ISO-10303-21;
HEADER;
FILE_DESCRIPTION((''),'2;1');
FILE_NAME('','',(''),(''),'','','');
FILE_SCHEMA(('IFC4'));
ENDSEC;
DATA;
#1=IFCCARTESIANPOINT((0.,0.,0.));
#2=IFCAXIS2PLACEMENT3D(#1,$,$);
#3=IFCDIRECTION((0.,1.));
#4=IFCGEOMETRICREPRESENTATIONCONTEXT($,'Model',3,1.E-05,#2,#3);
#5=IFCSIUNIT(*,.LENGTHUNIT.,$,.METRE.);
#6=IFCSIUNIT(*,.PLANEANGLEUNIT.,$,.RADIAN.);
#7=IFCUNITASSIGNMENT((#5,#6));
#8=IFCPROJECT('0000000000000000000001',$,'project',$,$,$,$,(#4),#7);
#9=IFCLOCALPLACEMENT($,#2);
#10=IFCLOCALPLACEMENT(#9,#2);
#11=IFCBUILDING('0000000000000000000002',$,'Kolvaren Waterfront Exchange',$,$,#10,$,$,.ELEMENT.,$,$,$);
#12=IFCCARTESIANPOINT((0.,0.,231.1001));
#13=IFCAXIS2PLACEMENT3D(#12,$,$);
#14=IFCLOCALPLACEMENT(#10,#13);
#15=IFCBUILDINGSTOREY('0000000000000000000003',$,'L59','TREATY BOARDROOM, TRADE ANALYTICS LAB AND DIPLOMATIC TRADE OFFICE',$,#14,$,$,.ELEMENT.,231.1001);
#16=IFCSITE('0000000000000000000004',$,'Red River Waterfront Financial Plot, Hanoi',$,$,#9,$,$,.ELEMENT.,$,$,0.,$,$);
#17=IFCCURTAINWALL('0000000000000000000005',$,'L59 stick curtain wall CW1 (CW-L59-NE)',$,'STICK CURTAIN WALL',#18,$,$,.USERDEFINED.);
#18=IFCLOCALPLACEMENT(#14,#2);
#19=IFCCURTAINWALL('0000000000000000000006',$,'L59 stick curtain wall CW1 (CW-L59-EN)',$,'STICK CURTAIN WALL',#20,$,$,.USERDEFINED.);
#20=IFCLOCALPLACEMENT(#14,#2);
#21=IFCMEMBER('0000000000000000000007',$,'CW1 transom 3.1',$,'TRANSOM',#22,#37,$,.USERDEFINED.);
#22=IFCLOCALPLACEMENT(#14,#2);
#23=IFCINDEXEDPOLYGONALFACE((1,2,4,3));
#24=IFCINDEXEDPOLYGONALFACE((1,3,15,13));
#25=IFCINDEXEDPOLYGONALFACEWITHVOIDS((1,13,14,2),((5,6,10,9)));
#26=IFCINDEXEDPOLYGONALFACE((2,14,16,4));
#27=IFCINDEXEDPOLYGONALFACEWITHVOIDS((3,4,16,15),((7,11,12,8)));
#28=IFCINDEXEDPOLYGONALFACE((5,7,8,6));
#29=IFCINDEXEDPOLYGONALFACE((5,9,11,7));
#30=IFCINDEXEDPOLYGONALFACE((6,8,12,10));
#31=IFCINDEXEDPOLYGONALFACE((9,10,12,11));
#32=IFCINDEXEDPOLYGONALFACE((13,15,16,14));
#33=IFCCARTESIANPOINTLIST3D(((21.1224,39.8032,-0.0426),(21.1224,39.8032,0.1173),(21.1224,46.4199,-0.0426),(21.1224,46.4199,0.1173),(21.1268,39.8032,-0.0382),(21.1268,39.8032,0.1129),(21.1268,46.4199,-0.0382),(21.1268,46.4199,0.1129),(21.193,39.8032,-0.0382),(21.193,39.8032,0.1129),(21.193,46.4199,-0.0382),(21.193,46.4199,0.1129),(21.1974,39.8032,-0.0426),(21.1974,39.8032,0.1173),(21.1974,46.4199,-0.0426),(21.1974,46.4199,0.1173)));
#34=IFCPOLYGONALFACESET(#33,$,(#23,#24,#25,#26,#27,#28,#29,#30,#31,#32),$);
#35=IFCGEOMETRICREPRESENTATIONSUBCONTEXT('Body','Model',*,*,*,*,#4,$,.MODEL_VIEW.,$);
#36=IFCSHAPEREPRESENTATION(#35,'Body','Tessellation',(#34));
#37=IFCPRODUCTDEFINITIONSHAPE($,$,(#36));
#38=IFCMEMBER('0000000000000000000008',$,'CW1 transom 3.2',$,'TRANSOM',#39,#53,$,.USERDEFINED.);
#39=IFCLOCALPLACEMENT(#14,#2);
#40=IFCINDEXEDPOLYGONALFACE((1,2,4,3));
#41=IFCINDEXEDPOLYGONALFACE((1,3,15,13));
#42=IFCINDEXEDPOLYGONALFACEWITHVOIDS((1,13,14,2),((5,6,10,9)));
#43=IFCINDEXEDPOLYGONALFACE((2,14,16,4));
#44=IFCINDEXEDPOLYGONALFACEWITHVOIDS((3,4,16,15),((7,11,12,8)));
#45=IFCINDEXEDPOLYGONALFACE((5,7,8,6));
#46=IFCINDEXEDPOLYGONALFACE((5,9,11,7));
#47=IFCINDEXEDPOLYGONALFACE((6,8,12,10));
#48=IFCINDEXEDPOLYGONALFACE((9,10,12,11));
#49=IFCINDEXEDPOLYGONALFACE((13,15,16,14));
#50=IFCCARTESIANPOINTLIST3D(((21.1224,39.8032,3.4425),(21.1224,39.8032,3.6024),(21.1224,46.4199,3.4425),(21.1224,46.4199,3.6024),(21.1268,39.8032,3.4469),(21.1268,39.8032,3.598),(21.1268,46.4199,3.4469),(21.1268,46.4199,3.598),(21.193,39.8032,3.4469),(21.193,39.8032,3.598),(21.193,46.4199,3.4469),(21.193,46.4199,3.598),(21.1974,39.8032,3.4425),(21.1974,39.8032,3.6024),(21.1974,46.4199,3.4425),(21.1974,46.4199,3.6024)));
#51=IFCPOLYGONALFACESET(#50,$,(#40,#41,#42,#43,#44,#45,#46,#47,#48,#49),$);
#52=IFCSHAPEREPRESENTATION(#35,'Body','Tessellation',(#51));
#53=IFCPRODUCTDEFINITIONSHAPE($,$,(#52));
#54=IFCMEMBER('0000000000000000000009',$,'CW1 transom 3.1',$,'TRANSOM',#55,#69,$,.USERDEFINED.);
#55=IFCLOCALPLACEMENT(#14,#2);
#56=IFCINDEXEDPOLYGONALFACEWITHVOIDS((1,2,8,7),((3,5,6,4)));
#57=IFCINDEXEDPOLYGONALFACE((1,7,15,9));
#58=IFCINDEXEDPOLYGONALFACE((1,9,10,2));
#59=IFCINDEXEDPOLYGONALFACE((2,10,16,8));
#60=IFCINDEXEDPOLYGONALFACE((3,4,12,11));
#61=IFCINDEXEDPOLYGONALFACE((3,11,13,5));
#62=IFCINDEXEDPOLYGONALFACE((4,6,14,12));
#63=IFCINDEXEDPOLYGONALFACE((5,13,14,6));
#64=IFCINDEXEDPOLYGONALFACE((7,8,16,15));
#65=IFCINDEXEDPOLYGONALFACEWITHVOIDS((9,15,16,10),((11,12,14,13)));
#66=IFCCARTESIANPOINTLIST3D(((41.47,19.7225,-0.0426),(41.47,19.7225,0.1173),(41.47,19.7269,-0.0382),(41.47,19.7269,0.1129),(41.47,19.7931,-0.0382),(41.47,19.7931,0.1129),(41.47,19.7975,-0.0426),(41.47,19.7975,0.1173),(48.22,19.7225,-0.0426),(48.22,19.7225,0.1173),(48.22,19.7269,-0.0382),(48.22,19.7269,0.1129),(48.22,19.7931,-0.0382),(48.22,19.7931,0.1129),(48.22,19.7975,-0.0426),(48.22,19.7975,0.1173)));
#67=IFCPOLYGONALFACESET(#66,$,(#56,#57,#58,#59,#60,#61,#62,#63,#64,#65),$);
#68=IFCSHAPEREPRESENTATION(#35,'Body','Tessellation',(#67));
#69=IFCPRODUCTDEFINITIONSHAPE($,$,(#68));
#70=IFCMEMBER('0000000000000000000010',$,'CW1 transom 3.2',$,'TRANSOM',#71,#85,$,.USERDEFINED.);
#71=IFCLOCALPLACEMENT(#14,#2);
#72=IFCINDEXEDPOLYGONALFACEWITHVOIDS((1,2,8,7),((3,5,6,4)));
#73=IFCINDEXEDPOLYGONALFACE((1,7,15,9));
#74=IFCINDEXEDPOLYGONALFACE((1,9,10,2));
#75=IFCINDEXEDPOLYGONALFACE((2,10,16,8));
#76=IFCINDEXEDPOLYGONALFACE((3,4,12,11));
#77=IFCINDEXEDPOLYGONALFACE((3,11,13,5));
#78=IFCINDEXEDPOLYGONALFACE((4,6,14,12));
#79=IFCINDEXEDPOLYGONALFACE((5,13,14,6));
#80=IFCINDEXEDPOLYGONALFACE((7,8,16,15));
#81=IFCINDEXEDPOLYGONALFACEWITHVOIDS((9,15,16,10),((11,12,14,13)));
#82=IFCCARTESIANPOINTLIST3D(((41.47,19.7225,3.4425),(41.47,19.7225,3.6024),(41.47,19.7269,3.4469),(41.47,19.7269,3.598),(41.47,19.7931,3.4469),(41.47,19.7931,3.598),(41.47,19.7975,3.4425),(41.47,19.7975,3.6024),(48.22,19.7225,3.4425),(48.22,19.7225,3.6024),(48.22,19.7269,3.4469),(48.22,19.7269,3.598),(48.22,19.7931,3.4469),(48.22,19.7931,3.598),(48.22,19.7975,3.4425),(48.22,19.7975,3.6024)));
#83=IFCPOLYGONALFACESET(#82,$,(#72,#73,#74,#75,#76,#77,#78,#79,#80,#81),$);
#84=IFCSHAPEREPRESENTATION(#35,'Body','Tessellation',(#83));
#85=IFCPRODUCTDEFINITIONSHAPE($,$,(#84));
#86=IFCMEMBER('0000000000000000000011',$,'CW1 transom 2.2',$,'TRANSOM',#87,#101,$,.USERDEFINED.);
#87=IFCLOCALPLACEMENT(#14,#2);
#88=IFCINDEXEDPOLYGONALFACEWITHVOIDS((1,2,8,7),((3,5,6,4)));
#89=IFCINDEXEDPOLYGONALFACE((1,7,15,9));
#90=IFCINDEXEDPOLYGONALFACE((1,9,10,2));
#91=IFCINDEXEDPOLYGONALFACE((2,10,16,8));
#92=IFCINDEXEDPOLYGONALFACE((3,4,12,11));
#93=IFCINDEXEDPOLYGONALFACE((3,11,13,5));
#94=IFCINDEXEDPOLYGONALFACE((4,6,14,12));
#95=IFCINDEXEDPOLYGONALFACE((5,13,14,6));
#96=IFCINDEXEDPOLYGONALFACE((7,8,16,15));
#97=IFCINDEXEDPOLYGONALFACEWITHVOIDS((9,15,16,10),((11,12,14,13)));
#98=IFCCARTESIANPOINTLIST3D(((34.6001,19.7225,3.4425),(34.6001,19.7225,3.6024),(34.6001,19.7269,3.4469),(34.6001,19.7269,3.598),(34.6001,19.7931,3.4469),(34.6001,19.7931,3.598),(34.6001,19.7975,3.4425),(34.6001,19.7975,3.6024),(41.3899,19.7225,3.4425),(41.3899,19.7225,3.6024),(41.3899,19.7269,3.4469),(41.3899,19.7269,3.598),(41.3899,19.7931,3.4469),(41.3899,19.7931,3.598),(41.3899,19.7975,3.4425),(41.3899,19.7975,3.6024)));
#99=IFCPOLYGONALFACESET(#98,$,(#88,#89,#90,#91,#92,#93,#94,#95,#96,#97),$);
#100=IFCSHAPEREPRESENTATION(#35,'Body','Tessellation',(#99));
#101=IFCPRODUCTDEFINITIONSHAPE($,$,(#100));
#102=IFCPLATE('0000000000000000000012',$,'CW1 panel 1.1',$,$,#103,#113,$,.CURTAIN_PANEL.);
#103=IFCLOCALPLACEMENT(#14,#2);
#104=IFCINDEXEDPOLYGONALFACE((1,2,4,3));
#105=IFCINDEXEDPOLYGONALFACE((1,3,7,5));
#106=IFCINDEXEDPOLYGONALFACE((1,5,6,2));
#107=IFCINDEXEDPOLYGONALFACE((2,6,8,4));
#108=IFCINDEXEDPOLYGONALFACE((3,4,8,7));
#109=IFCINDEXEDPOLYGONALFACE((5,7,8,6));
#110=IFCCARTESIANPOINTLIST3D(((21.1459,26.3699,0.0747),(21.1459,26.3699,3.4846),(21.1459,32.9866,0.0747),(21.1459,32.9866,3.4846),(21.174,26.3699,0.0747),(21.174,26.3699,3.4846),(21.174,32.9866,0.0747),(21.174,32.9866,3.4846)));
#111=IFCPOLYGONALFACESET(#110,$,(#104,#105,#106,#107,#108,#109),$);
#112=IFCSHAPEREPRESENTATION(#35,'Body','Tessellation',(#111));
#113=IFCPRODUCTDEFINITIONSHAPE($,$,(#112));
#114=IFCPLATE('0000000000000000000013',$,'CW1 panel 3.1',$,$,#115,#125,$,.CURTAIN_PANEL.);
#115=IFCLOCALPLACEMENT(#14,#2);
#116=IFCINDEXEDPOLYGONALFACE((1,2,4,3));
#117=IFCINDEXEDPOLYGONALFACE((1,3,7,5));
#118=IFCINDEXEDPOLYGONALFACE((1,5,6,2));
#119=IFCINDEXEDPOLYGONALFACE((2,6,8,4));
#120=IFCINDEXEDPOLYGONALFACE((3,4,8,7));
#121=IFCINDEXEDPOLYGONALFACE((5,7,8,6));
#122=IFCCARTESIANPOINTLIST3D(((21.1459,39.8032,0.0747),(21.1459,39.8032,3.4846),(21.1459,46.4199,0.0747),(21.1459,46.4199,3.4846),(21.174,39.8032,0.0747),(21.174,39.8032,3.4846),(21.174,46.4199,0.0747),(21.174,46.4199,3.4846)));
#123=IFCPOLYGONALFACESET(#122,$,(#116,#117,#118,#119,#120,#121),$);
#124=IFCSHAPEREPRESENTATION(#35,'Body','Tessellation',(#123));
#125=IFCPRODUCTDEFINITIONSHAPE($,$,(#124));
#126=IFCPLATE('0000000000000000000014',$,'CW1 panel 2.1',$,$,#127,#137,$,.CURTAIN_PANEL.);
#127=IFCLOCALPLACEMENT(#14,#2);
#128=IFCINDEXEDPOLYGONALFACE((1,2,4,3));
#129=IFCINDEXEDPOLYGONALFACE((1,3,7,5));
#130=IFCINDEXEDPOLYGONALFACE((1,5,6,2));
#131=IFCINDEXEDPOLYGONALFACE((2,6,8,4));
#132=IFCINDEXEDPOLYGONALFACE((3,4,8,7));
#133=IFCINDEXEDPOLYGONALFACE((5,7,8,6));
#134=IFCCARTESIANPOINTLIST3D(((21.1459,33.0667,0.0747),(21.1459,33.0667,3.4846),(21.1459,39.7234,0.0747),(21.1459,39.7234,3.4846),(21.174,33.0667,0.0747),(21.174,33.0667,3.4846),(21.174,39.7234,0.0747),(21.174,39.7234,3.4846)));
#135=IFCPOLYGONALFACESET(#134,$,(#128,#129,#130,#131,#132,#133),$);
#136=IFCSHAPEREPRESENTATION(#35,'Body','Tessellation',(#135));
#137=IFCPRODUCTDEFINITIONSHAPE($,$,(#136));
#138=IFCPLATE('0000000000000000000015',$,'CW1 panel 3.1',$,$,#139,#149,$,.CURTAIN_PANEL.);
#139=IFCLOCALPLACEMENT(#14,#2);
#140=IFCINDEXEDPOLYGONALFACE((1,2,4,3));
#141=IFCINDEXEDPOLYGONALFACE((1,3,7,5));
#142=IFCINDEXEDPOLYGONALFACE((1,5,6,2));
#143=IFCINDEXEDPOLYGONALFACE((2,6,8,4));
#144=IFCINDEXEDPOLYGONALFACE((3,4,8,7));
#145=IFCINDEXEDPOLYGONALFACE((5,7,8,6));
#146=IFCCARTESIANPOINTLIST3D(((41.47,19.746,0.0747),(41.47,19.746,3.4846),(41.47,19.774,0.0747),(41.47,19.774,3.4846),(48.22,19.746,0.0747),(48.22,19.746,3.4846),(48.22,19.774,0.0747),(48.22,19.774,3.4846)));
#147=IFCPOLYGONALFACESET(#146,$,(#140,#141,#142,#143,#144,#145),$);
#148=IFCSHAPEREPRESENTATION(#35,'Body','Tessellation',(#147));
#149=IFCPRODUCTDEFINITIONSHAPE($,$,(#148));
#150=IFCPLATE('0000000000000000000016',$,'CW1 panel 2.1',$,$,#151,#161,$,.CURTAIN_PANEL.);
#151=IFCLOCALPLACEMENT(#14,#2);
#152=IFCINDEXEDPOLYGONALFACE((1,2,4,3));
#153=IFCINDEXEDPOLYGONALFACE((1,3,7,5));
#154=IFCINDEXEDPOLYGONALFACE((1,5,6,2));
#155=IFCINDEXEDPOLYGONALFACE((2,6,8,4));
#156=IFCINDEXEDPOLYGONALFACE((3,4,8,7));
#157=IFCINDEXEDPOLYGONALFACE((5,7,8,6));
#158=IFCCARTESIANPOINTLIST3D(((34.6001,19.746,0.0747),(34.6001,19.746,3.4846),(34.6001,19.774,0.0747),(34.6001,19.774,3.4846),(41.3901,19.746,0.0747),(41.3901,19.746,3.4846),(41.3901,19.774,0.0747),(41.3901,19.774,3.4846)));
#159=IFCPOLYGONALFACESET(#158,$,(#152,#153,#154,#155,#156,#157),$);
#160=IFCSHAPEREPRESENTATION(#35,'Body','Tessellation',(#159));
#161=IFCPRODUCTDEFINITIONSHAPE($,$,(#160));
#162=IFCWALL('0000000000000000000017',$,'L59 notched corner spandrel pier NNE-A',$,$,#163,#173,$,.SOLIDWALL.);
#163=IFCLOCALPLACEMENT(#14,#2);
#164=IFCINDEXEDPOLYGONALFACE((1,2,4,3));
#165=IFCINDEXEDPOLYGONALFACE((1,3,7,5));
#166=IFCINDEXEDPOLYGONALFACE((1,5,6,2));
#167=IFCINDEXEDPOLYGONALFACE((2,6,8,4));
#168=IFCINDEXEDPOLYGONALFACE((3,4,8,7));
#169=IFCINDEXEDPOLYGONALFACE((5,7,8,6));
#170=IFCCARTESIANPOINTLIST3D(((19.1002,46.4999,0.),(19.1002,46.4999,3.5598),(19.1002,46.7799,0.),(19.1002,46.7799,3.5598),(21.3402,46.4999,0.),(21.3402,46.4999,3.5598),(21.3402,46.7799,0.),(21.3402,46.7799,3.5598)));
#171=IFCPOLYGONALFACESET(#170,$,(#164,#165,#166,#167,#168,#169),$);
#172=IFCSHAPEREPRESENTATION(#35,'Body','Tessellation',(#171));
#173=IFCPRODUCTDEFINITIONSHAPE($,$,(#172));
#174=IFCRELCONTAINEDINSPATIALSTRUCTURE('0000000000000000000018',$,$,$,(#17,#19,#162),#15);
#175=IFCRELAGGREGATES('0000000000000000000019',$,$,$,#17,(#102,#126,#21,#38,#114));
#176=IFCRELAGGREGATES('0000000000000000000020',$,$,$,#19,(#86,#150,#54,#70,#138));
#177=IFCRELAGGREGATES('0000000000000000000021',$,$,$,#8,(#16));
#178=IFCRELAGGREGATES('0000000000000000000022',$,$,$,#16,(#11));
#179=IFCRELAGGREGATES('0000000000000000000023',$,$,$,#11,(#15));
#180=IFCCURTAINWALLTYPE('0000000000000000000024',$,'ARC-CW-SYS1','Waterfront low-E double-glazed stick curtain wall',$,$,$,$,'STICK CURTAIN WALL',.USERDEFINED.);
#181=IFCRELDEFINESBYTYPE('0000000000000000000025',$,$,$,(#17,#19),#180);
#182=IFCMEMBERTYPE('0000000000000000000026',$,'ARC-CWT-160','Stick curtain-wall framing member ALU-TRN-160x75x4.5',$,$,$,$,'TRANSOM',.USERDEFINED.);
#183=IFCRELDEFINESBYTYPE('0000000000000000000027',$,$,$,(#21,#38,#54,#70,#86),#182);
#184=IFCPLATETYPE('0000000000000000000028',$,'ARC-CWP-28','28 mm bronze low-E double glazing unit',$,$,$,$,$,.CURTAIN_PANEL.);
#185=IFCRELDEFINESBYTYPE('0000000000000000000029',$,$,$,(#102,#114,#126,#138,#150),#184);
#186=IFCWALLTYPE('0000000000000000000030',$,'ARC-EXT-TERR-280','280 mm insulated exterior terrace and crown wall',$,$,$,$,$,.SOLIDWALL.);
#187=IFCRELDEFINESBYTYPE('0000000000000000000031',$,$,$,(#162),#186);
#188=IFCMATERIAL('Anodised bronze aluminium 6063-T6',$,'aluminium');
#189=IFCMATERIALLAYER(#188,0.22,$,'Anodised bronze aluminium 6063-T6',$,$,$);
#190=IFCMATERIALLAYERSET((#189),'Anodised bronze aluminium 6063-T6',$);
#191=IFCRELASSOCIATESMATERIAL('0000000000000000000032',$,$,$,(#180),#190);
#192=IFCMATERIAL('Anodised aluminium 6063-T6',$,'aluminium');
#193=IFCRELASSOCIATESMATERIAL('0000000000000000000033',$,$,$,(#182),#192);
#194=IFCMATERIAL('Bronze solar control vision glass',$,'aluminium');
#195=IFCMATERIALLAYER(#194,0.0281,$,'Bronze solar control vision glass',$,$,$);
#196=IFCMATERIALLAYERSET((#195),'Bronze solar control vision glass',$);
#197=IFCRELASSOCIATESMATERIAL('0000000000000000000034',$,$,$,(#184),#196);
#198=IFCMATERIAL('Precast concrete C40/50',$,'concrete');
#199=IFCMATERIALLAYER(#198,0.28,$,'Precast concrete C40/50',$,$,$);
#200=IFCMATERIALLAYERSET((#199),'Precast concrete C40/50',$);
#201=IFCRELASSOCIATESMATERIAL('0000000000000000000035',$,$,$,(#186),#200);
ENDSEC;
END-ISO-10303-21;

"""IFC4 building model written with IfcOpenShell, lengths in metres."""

from ifc_helpers import new_model, si_unit, direction, frame, frame_2d, origin, origin_with_axes, origin_2d, place, context, subcontext, project, spatial, rectangle, hollow_rectangle, extrude, source, transform, mapped, material, layer, layer_set, material_profile, profile_set, type_object, element, aggregate, save


model = new_model("IFC4")

# Units and contexts
model_context = context("Model", 3, precision=1e-05, world=origin(), true_north=direction((0.0, 1.0)))
body_context = subcontext(model_context, "Body", "Model", "MODEL_VIEW")
ifc_project = project(units=[si_unit("LENGTHUNIT", "METRE"), si_unit("PLANEANGLEUNIT", "RADIAN")], contexts=[model_context])

# Site, building, storey
site_placement = place(None, origin())
site = spatial("IfcSite", under=ifc_project, at=site_placement, Name="Red River Waterfront Financial Plot, Hanoi", CompositionType="ELEMENT", RefElevation=0.0)
building_placement = place(site_placement, origin())
building = spatial("IfcBuilding", under=site, at=building_placement, Name="Kolvaren Waterfront Exchange", CompositionType="ELEMENT")
storey_placement = place(building_placement, frame((0.0, 0.0, 231.1001)))
storey = spatial("IfcBuildingStorey", under=building, at=storey_placement, Name="L59", Description="TREATY BOARDROOM, TRADE ANALYTICS LAB AND DIPLOMATIC TRADE OFFICE", CompositionType="ELEMENT", Elevation=231.1001)

# Curtain walls
ifc_material_1 = material(Name="Anodised bronze aluminium 6063-T6", Category="aluminium")
ifc_layer_1 = layer(ifc_material_1, 0.22, Name="Anodised bronze aluminium 6063-T6")
ifc_layer_set_1 = layer_set([ifc_layer_1], Name="Anodised bronze aluminium 6063-T6")
curtain_wall_type = type_object("IfcCurtainWallType", Name="ARC-CW-SYS1", Description="Waterfront low-E double-glazed stick curtain wall", ElementType="STICK CURTAIN WALL", PredefinedType="USERDEFINED", material=ifc_layer_set_1)
curtain_wall_1_placement = place(storey_placement, origin())
curtain_wall_1 = element("IfcCurtainWall", 1, at=curtain_wall_1_placement, inside=storey, type_object=curtain_wall_type, Name="L59 stick curtain wall CW1 (CW-L59-NE)", ObjectType="STICK CURTAIN WALL", PredefinedType="USERDEFINED")
ifc_material_2 = material(Name="Anodised aluminium 6063-T6", Category="aluminium")
curtain_wall_2_placement = place(storey_placement, origin())
curtain_wall_2 = element("IfcCurtainWall", 2, at=curtain_wall_2_placement, inside=storey, type_object=curtain_wall_type, Name="L59 stick curtain wall CW1 (CW-L59-EN)", ObjectType="STICK CURTAIN WALL", PredefinedType="USERDEFINED")

# Members
ifc_material_profile_1 = material_profile(ifc_material_2, hollow_rectangle(XDim=0.075, YDim=0.1599, WallThickness=0.0044, at=origin_2d()), Name="ALU-TRN-160x75x4.5")
ifc_profile_set_1 = profile_set([ifc_material_profile_1], Name="Anodised aluminium 6063-T6")
member_type_1 = type_object("IfcMemberType", Name="ARC-CWT-160", Description="Stick curtain-wall framing member ALU-TRN-160x75x4.5", ElementType="TRANSOM", PredefinedType="USERDEFINED", material=ifc_profile_set_1)
shared_shape_1 = source(origin_with_axes(), body_context, "Body", "SweptSolid", [
    extrude(hollow_rectangle(XDim=0.075, YDim=0.1599, WallThickness=0.0044, at=origin_2d()), origin(), (0.0, 0.0, 1.0), 6.6167),
])
member_1_placement = place(storey_placement, frame((21.1599, 39.8032, 0.0374), z_axis=(0.0, 1.0, 0.0), x_axis=(-1.0, 0.0, 0.0)))
member_1 = element("IfcMember", 3, at=member_1_placement, type_object=member_type_1, Name="CW1 transom 3.1", ObjectType="TRANSOM", PredefinedType="USERDEFINED", context=body_context, shape_type="MappedRepresentation", body=[
    mapped(shared_shape_1, transform((0.0, 0.0, 0.0), x_axis=(1.0, 0.0, 0.0), y_axis=(0.0, 1.0, 0.0), z_axis=(0.0, 0.0, 1.0), scale=1.0)),
])
member_2_placement = place(storey_placement, frame((21.1599, 39.8032, 3.5225), z_axis=(0.0, 1.0, 0.0), x_axis=(-1.0, 0.0, 0.0)))
member_2 = element("IfcMember", 4, at=member_2_placement, type_object=member_type_1, Name="CW1 transom 3.2", ObjectType="TRANSOM", PredefinedType="USERDEFINED", context=body_context, shape_type="MappedRepresentation", body=[
    mapped(shared_shape_1, transform((0.0, 0.0, 0.0), x_axis=(1.0, 0.0, 0.0), y_axis=(0.0, 1.0, 0.0), z_axis=(0.0, 0.0, 1.0), scale=1.0)),
])
shared_shape_2 = source(origin_with_axes(), body_context, "Body", "SweptSolid", [
    extrude(hollow_rectangle(XDim=0.075, YDim=0.1599, WallThickness=0.0044, at=origin_2d()), origin(), (0.0, 0.0, 1.0), 6.75),
])
member_3_placement = place(storey_placement, frame((41.47, 19.76, 0.0374), z_axis=(1.0, 0.0, 0.0), x_axis=(0.0, 1.0, 0.0)))
member_3 = element("IfcMember", 5, at=member_3_placement, type_object=member_type_1, Name="CW1 transom 3.1", ObjectType="TRANSOM", PredefinedType="USERDEFINED", context=body_context, shape_type="MappedRepresentation", body=[
    mapped(shared_shape_2, transform((0.0, 0.0, 0.0), x_axis=(1.0, 0.0, 0.0), y_axis=(0.0, 1.0, 0.0), z_axis=(0.0, 0.0, 1.0), scale=1.0)),
])
member_4_placement = place(storey_placement, frame((41.47, 19.76, 3.5225), z_axis=(1.0, 0.0, 0.0), x_axis=(0.0, 1.0, 0.0)))
member_4 = element("IfcMember", 6, at=member_4_placement, type_object=member_type_1, Name="CW1 transom 3.2", ObjectType="TRANSOM", PredefinedType="USERDEFINED", context=body_context, shape_type="MappedRepresentation", body=[
    mapped(shared_shape_2, transform((0.0, 0.0, 0.0), x_axis=(1.0, 0.0, 0.0), y_axis=(0.0, 1.0, 0.0), z_axis=(0.0, 0.0, 1.0), scale=1.0)),
])
shared_shape_3 = source(origin_with_axes(), body_context, "Body", "SweptSolid", [
    extrude(hollow_rectangle(XDim=0.075, YDim=0.1599, WallThickness=0.0044, at=origin_2d()), origin(), (0.0, 0.0, 1.0), 6.7898),
])
member_5_placement = place(storey_placement, frame((34.6001, 19.76, 3.5225), z_axis=(1.0, 0.0, 0.0), x_axis=(0.0, 1.0, 0.0)))
member_5 = element("IfcMember", 7, at=member_5_placement, type_object=member_type_1, Name="CW1 transom 2.2", ObjectType="TRANSOM", PredefinedType="USERDEFINED", context=body_context, shape_type="MappedRepresentation", body=[
    mapped(shared_shape_3, transform((0.0, 0.0, 0.0), x_axis=(1.0, 0.0, 0.0), y_axis=(0.0, 1.0, 0.0), z_axis=(0.0, 0.0, 1.0), scale=1.0)),
])

# Plates
ifc_material_3 = material(Name="Bronze solar control vision glass", Category="aluminium")
ifc_layer_2 = layer(ifc_material_3, 0.0281, Name="Bronze solar control vision glass")
ifc_layer_set_2 = layer_set([ifc_layer_2], Name="Bronze solar control vision glass")
plate_type = type_object("IfcPlateType", Name="ARC-CWP-28", Description="28 mm bronze low-E double glazing unit", PredefinedType="CURTAIN_PANEL", material=ifc_layer_set_2)
shared_shape_4 = source(origin_with_axes(), body_context, "Body", "SweptSolid", [
    extrude(rectangle(XDim=6.6167, YDim=0.0281, at=origin_2d()), origin(), (0.0, 0.0, 1.0), 3.4099),
])
plate_1_placement = place(storey_placement, frame((21.1599, 29.6782, 0.0747), z_axis=(0.0, 0.0, 1.0), x_axis=(0.0, 1.0, 0.0)))
plate_1 = element("IfcPlate", 8, at=plate_1_placement, type_object=plate_type, Name="CW1 panel 1.1", PredefinedType="CURTAIN_PANEL", context=body_context, shape_type="MappedRepresentation", body=[
    mapped(shared_shape_4, transform((0.0, 0.0, 0.0), x_axis=(1.0, 0.0, 0.0), y_axis=(0.0, 1.0, 0.0), z_axis=(0.0, 0.0, 1.0), scale=1.0)),
])
plate_2_placement = place(storey_placement, frame((21.1599, 43.1116, 0.0747), z_axis=(0.0, 0.0, 1.0), x_axis=(0.0, 1.0, 0.0)))
plate_2 = element("IfcPlate", 9, at=plate_2_placement, type_object=plate_type, Name="CW1 panel 3.1", PredefinedType="CURTAIN_PANEL", context=body_context, shape_type="MappedRepresentation", body=[
    mapped(shared_shape_4, transform((0.0, 0.0, 0.0), x_axis=(1.0, 0.0, 0.0), y_axis=(0.0, 1.0, 0.0), z_axis=(0.0, 0.0, 1.0), scale=1.0)),
])
shared_shape_5 = source(origin_with_axes(), body_context, "Body", "SweptSolid", [
    extrude(rectangle(XDim=6.6567, YDim=0.0281, at=origin_2d()), origin(), (0.0, 0.0, 1.0), 3.4099),
])
plate_3_placement = place(storey_placement, frame((21.1599, 36.395, 0.0747), z_axis=(0.0, 0.0, 1.0), x_axis=(0.0, 1.0, 0.0)))
plate_3 = element("IfcPlate", 10, at=plate_3_placement, type_object=plate_type, Name="CW1 panel 2.1", PredefinedType="CURTAIN_PANEL", context=body_context, shape_type="MappedRepresentation", body=[
    mapped(shared_shape_5, transform((0.0, 0.0, 0.0), x_axis=(1.0, 0.0, 0.0), y_axis=(0.0, 1.0, 0.0), z_axis=(0.0, 0.0, 1.0), scale=1.0)),
])
aggregate(curtain_wall_1, [plate_1, plate_3, member_1, member_2, plate_2])
shared_shape_6 = source(origin_with_axes(), body_context, "Body", "SweptSolid", [
    extrude(rectangle(XDim=6.75, YDim=0.0281, at=origin_2d()), origin(), (0.0, 0.0, 1.0), 3.4099),
])
plate_4_placement = place(storey_placement, frame((44.845, 19.76, 0.0747), z_axis=(0.0, 0.0, 1.0), x_axis=(1.0, 0.0, 0.0)))
plate_4 = element("IfcPlate", 11, at=plate_4_placement, type_object=plate_type, Name="CW1 panel 3.1", PredefinedType="CURTAIN_PANEL", context=body_context, shape_type="MappedRepresentation", body=[
    mapped(shared_shape_6, transform((0.0, 0.0, 0.0), x_axis=(1.0, 0.0, 0.0), y_axis=(0.0, 1.0, 0.0), z_axis=(0.0, 0.0, 1.0), scale=1.0)),
])
shared_shape_7 = source(origin_with_axes(), body_context, "Body", "SweptSolid", [
    extrude(rectangle(XDim=6.79, YDim=0.0281, at=origin_2d()), origin(), (0.0, 0.0, 1.0), 3.4099),
])
plate_5_placement = place(storey_placement, frame((37.9951, 19.76, 0.0747), z_axis=(0.0, 0.0, 1.0), x_axis=(1.0, 0.0, 0.0)))
plate_5 = element("IfcPlate", 12, at=plate_5_placement, type_object=plate_type, Name="CW1 panel 2.1", PredefinedType="CURTAIN_PANEL", context=body_context, shape_type="MappedRepresentation", body=[
    mapped(shared_shape_7, transform((0.0, 0.0, 0.0), x_axis=(1.0, 0.0, 0.0), y_axis=(0.0, 1.0, 0.0), z_axis=(0.0, 0.0, 1.0), scale=1.0)),
])
aggregate(curtain_wall_2, [member_5, plate_5, member_3, member_4, plate_4])

# Wall
ifc_material_4 = material(Name="Precast concrete C40/50", Category="concrete")
ifc_layer_3 = layer(ifc_material_4, 0.28, Name="Precast concrete C40/50")
ifc_layer_set_3 = layer_set([ifc_layer_3], Name="Precast concrete C40/50")
wall_type = type_object("IfcWallType", Name="ARC-EXT-TERR-280", Description="280 mm insulated exterior terrace and crown wall", PredefinedType="SOLIDWALL", material=ifc_layer_set_3)
wall_1_placement = place(storey_placement, frame((19.1001, 46.6399, 0.0), z_axis=(0.0, 0.0, 1.0), x_axis=(1.0, 0.0, 0.0)))
element("IfcWall", 13, at=wall_1_placement, inside=storey, type_object=wall_type, Name="L59 notched corner spandrel pier NNE-A", PredefinedType="SOLIDWALL", context=body_context, shape_type="SweptSolid", body=[
    extrude(rectangle(XDim=2.24, YDim=0.28, at=frame_2d((1.1201, 0.0))), origin(), (0.0, 0.0, 1.0), 3.5598),
])

save(model, "model.ifc")
